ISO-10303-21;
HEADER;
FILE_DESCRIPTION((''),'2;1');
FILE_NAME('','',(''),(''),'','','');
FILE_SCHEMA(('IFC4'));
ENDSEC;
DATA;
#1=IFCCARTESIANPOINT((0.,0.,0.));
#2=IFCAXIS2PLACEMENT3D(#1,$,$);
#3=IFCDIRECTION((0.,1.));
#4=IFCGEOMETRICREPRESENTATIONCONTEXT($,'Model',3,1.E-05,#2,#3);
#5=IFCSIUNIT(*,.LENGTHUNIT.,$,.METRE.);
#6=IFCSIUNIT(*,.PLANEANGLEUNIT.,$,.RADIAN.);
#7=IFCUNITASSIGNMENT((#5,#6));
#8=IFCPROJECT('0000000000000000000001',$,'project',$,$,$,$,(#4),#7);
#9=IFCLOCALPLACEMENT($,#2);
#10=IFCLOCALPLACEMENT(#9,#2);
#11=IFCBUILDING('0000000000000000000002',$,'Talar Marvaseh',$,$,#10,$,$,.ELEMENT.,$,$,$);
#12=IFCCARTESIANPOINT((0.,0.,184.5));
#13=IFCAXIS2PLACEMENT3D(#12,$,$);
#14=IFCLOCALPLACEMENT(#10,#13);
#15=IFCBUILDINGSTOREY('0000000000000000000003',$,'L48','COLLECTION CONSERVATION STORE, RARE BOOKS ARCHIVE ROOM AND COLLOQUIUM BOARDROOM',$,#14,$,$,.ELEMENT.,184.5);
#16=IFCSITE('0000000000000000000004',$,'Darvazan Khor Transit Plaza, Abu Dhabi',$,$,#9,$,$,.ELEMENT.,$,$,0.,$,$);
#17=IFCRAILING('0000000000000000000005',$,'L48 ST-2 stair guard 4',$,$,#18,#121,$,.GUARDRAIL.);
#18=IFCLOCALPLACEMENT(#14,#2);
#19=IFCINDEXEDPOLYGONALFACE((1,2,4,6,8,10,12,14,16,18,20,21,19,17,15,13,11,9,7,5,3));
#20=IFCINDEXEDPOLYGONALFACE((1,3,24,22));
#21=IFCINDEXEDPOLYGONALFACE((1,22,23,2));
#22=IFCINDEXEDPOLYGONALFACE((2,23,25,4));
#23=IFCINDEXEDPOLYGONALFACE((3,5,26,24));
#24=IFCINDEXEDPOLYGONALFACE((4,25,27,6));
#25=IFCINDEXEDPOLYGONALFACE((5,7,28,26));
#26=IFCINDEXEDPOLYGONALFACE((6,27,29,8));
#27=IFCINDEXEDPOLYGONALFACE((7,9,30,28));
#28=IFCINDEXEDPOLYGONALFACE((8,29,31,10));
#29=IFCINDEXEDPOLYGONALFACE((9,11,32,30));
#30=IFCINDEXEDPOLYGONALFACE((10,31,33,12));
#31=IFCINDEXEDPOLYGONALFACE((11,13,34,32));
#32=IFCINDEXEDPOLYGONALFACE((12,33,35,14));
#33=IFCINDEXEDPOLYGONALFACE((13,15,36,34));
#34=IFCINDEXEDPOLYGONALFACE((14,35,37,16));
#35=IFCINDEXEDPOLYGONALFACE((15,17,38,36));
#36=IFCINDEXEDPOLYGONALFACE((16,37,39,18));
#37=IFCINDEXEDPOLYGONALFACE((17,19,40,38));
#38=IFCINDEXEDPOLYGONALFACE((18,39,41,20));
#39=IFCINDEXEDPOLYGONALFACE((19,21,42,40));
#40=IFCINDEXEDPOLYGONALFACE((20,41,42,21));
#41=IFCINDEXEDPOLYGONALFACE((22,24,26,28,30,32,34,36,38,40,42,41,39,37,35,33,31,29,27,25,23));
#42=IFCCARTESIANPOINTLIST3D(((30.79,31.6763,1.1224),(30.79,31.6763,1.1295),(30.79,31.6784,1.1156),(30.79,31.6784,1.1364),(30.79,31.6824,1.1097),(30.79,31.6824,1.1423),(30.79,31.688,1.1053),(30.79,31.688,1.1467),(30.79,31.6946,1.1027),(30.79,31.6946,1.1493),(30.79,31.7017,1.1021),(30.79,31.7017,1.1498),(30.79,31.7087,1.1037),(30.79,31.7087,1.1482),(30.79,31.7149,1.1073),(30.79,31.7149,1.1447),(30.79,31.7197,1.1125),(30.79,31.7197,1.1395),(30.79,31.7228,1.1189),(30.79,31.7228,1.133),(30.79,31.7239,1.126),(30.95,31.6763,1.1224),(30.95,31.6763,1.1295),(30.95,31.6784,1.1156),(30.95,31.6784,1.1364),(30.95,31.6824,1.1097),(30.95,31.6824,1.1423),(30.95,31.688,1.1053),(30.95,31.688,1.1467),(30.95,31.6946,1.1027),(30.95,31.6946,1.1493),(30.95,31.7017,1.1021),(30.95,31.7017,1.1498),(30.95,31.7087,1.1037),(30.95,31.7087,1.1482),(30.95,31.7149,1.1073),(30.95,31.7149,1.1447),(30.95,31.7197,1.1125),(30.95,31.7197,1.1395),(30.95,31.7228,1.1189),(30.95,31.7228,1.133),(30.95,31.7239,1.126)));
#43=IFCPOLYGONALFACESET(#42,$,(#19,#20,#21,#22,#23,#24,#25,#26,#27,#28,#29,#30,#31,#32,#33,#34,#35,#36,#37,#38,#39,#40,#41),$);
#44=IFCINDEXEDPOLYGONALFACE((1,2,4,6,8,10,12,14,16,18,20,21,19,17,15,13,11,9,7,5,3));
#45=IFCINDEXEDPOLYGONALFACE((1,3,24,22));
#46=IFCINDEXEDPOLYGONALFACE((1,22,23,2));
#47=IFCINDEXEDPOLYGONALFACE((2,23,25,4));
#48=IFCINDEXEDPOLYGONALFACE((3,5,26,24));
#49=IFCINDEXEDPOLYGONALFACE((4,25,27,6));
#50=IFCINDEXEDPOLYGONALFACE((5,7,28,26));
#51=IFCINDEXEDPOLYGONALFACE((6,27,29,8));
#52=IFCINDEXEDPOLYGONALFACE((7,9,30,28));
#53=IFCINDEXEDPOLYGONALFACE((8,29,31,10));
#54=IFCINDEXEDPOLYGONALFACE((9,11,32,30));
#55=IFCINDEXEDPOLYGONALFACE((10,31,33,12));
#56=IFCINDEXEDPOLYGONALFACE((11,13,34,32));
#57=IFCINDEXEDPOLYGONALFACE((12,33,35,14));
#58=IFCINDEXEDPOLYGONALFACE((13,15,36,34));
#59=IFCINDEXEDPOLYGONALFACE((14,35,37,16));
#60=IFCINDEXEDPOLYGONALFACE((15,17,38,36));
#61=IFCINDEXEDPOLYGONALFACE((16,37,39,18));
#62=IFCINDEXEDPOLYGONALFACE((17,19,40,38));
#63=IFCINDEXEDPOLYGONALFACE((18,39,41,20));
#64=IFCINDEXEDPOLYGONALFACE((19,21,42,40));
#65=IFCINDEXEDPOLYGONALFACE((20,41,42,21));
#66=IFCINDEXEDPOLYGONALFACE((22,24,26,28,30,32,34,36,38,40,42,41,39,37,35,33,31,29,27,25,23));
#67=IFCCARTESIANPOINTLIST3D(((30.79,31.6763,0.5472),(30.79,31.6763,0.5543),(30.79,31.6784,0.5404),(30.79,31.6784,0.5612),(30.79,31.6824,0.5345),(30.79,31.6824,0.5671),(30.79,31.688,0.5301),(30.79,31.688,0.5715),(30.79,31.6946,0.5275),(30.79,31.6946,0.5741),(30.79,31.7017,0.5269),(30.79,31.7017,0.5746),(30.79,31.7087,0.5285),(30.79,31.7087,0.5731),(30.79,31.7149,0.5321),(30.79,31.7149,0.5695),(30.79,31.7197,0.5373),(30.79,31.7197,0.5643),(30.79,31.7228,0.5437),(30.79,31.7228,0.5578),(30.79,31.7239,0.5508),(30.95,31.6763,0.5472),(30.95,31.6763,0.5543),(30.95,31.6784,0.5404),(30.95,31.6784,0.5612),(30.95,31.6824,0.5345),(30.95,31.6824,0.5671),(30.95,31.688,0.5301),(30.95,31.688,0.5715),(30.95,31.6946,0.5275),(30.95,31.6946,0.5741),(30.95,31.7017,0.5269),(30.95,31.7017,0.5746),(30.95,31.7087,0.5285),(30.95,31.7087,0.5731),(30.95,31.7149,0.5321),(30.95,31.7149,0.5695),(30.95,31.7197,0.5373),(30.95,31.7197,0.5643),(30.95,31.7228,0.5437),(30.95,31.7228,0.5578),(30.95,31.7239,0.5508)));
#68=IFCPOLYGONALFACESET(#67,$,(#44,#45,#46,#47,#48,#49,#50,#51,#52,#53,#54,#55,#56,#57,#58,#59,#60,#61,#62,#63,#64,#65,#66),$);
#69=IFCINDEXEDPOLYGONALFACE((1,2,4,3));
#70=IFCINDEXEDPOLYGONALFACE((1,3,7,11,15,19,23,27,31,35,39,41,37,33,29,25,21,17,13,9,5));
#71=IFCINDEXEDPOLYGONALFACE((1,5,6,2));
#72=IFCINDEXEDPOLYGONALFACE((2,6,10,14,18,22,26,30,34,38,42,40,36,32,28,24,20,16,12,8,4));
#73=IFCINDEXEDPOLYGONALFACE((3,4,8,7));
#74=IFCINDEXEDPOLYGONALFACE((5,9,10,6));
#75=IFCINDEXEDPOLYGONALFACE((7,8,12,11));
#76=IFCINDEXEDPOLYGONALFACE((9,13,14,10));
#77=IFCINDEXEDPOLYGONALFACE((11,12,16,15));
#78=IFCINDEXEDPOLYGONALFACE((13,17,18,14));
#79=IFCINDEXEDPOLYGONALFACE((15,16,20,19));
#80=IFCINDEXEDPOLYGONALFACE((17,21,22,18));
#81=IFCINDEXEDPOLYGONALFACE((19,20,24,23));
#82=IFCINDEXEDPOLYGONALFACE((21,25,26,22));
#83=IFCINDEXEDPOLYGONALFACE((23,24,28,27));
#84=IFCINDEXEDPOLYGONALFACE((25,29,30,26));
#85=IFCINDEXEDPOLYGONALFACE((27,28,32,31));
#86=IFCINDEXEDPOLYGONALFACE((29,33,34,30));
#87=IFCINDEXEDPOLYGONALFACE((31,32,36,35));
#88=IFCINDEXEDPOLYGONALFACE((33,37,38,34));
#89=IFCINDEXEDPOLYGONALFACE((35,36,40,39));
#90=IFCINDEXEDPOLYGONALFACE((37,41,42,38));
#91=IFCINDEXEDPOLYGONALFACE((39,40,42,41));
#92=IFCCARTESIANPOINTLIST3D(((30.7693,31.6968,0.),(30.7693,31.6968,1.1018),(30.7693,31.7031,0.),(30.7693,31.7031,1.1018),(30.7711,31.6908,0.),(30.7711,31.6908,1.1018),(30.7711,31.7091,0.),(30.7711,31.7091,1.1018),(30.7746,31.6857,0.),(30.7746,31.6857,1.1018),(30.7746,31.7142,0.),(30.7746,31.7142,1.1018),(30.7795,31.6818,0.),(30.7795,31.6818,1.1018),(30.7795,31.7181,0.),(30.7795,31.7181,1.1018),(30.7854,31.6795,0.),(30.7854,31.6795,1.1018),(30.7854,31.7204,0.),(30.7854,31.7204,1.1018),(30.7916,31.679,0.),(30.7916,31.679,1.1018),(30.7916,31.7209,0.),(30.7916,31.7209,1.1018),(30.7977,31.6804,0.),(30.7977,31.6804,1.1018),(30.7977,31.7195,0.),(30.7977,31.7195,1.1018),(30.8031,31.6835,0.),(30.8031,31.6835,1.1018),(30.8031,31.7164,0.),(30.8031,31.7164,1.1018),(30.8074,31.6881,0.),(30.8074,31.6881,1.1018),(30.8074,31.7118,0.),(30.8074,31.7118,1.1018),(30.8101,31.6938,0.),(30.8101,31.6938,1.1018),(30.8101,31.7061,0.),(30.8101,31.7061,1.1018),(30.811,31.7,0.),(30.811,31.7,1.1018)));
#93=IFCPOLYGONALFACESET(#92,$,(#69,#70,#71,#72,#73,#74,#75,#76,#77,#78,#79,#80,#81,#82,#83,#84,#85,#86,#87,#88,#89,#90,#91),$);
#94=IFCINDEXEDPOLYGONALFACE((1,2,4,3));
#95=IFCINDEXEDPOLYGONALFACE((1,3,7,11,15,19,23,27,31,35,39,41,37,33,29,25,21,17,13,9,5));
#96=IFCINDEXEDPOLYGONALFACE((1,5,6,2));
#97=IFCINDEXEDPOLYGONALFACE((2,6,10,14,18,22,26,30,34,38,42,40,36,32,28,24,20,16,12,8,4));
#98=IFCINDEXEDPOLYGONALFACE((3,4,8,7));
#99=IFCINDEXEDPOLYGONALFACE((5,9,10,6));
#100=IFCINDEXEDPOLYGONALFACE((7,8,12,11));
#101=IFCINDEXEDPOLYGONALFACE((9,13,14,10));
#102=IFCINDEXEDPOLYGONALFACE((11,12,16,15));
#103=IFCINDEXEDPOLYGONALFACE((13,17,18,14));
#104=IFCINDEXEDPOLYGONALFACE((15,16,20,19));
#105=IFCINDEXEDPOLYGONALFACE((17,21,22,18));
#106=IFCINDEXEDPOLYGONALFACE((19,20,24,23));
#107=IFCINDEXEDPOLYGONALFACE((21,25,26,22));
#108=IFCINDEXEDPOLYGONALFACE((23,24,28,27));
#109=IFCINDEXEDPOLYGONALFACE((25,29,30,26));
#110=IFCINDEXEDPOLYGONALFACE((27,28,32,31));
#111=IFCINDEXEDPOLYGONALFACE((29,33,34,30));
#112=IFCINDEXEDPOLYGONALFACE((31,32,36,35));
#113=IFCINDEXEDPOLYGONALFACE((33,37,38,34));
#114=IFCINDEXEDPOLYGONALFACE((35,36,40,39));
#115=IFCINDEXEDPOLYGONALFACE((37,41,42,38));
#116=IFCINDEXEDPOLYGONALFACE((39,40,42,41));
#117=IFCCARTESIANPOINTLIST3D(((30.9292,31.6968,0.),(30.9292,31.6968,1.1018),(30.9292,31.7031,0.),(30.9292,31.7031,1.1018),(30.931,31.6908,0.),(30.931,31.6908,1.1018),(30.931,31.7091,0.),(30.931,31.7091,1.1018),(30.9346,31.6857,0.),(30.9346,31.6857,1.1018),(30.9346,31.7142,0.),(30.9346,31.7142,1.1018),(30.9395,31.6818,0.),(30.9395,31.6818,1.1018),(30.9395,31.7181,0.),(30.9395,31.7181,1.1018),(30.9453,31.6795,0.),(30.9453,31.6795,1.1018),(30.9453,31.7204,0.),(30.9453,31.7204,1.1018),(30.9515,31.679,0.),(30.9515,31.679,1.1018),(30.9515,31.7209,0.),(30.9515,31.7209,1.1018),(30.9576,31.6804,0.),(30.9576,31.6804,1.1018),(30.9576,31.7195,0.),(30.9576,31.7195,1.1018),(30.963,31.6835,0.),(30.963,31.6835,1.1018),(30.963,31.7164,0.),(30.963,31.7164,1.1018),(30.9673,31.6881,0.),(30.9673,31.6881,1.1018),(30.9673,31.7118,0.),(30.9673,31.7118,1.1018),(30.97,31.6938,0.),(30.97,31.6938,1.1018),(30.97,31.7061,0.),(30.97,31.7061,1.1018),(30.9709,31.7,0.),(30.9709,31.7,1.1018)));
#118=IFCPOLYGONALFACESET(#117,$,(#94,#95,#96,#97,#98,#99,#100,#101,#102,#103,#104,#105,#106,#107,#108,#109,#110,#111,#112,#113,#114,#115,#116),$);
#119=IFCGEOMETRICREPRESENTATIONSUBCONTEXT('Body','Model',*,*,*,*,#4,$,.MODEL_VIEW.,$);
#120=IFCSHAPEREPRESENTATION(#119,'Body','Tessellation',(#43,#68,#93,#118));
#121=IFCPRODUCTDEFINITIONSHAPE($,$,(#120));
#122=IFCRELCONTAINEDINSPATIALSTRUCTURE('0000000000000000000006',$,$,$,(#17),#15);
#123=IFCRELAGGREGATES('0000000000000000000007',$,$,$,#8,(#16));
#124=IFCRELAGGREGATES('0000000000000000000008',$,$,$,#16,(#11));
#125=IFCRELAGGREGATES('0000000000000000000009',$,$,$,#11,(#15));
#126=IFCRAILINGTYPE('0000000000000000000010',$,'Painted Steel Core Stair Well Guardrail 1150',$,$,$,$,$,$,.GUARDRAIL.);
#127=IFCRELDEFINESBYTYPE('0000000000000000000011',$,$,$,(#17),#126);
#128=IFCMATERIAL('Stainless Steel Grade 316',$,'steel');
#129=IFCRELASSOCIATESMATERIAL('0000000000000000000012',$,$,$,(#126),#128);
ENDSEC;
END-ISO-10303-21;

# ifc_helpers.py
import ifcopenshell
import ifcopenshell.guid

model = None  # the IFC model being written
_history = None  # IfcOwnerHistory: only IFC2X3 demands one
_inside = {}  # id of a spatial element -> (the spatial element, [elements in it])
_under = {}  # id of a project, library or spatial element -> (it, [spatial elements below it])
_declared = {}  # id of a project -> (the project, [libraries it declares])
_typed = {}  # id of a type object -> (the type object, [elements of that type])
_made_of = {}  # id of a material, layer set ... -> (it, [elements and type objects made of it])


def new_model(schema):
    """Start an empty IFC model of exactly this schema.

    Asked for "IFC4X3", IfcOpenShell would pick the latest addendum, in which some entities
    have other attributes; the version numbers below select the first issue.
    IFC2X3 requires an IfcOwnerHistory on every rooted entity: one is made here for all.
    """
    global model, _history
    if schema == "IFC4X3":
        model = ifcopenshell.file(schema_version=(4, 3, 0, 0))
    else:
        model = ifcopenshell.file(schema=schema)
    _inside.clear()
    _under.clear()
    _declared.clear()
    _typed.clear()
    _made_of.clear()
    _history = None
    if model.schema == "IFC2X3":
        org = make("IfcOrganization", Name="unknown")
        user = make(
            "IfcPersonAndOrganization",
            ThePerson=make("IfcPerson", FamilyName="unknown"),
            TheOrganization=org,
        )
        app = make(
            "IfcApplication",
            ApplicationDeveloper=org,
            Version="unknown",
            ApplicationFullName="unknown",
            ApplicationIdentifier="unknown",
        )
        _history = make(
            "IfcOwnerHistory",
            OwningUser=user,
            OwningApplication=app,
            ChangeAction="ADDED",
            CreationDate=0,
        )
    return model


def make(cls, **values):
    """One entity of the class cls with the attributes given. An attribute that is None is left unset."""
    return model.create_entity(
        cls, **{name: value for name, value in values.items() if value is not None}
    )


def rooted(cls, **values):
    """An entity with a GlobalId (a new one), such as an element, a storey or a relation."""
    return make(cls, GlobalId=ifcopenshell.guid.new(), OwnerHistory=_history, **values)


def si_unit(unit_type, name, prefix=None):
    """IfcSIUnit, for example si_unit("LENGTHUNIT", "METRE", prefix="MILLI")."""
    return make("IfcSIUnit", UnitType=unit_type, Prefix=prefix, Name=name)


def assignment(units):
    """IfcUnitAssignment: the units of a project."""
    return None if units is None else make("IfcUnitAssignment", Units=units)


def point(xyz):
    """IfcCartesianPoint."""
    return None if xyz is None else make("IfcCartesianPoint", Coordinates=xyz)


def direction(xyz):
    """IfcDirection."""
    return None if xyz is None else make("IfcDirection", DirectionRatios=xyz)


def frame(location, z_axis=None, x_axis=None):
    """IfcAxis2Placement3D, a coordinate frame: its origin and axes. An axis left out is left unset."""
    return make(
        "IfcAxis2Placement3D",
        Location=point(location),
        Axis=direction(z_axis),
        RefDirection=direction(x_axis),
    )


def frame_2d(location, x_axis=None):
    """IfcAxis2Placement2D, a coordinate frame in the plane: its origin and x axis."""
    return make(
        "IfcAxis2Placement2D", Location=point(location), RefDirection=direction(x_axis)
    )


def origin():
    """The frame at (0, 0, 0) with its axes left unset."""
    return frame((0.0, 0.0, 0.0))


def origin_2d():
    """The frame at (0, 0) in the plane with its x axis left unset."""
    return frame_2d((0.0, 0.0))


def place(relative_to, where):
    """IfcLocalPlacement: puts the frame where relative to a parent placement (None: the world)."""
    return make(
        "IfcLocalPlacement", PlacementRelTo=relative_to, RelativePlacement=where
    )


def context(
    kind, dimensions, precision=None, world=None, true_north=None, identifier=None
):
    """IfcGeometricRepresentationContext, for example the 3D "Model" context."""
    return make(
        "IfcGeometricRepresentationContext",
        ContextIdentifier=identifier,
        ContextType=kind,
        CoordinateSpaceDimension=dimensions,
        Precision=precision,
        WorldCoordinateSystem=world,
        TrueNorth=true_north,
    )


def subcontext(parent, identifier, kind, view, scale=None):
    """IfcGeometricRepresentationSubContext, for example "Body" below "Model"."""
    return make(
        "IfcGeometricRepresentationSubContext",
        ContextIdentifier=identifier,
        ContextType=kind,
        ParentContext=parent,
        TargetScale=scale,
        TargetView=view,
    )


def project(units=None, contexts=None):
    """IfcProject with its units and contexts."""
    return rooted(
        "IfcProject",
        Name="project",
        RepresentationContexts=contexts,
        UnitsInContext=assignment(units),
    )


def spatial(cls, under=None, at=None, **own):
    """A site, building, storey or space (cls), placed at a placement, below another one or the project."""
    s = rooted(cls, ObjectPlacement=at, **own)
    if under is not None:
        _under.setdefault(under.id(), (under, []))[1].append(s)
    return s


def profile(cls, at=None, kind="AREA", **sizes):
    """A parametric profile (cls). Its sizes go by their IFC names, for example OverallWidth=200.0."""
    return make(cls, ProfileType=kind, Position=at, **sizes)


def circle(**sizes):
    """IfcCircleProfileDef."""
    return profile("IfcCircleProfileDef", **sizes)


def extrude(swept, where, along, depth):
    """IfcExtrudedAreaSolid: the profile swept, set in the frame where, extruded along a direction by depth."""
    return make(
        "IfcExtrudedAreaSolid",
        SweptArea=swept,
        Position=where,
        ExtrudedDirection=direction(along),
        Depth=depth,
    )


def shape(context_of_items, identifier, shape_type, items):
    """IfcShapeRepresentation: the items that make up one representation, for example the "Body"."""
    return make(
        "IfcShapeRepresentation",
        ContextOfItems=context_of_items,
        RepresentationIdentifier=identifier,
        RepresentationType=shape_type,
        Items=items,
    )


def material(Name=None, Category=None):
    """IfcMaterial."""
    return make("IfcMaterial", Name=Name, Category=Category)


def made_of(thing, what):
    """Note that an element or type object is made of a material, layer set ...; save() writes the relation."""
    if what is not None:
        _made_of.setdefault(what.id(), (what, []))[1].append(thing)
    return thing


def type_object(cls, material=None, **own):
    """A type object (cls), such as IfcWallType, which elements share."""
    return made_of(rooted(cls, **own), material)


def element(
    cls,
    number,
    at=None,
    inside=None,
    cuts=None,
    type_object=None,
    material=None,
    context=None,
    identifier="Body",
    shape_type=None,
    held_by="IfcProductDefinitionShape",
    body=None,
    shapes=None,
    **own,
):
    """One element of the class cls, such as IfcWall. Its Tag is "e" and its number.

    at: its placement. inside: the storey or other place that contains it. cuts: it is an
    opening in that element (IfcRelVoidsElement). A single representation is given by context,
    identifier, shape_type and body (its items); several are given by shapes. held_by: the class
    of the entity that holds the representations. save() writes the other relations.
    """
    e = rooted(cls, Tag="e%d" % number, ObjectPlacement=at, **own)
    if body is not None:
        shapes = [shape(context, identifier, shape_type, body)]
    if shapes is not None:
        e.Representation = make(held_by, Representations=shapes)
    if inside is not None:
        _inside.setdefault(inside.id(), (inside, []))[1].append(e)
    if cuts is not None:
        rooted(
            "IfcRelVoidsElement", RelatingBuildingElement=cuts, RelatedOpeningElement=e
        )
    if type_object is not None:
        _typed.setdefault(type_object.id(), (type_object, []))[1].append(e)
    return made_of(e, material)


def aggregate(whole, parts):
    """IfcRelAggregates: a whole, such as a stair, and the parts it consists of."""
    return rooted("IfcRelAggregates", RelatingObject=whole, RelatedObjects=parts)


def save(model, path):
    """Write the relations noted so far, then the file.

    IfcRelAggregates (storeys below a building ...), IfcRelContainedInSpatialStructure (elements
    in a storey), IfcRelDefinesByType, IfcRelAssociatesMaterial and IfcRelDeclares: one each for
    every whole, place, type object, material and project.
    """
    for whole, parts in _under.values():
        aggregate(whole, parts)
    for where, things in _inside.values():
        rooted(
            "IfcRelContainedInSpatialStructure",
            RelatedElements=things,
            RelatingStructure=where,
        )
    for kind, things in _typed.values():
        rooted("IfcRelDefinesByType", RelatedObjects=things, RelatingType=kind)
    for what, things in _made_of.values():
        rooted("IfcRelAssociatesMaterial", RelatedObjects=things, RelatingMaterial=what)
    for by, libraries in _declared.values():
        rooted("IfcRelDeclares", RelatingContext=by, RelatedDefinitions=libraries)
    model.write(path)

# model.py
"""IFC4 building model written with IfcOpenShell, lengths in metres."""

from ifc_helpers import new_model, si_unit, direction, frame, origin, origin_2d, place, context, subcontext, project, spatial, circle, extrude, material, type_object, element, save


model = new_model("IFC4")

# Units and contexts
model_context = context("Model", 3, precision=1e-05, world=origin(), true_north=direction((0.0, 1.0)))
body_context = subcontext(model_context, "Body", "Model", "MODEL_VIEW")
ifc_project = project(units=[si_unit("LENGTHUNIT", "METRE"), si_unit("PLANEANGLEUNIT", "RADIAN")], contexts=[model_context])

# Site, building, storey
site_placement = place(None, origin())
site = spatial("IfcSite", under=ifc_project, at=site_placement, Name="Darvazan Khor Transit Plaza, Abu Dhabi", CompositionType="ELEMENT", RefElevation=0.0)
building_placement = place(site_placement, origin())
building = spatial("IfcBuilding", under=site, at=building_placement, Name="Talar Marvaseh", CompositionType="ELEMENT")
storey_placement = place(building_placement, frame((0.0, 0.0, 184.5)))
storey = spatial("IfcBuildingStorey", under=building, at=storey_placement, Name="L48", Description="COLLECTION CONSERVATION STORE, RARE BOOKS ARCHIVE ROOM AND COLLOQUIUM BOARDROOM", CompositionType="ELEMENT", Elevation=184.5)

# Shared definitions
ifc_material_1 = material(Name="Stainless Steel Grade 316", Category="steel")

# Railing
railing_type_1 = type_object("IfcRailingType", Name="Painted Steel Core Stair Well Guardrail 1150", PredefinedType="GUARDRAIL", material=ifc_material_1)
railing_1_placement = place(storey_placement, frame((30.79, 31.7, 0.0)))
element("IfcRailing", 1, at=railing_1_placement, inside=storey, type_object=railing_type_1, Name="L48 ST-2 stair guard 4", PredefinedType="GUARDRAIL", context=body_context, shape_type="SweptSolid", body=[
    extrude(circle(Radius=0.0239, at=origin_2d()), frame((0.0, 0.0, 1.126), z_axis=(1.0, 0.0, 0.0), x_axis=(0.0, 1.0, 0.0)), (0.0, 0.0, 1.0), 0.1599),
    extrude(circle(Radius=0.0239, at=origin_2d()), frame((0.0, 0.0, 0.5508), z_axis=(1.0, 0.0, 0.0), x_axis=(0.0, 1.0, 0.0)), (0.0, 0.0, 1.0), 0.1599),
    extrude(circle(Radius=0.021, at=origin_2d()), origin(), (0.0, 0.0, 1.0), 1.1018),
    extrude(circle(Radius=0.021, at=origin_2d()), frame((0.1599, 0.0, 0.0)), (0.0, 0.0, 1.0), 1.1018),
])

save(model, "model.ifc")
